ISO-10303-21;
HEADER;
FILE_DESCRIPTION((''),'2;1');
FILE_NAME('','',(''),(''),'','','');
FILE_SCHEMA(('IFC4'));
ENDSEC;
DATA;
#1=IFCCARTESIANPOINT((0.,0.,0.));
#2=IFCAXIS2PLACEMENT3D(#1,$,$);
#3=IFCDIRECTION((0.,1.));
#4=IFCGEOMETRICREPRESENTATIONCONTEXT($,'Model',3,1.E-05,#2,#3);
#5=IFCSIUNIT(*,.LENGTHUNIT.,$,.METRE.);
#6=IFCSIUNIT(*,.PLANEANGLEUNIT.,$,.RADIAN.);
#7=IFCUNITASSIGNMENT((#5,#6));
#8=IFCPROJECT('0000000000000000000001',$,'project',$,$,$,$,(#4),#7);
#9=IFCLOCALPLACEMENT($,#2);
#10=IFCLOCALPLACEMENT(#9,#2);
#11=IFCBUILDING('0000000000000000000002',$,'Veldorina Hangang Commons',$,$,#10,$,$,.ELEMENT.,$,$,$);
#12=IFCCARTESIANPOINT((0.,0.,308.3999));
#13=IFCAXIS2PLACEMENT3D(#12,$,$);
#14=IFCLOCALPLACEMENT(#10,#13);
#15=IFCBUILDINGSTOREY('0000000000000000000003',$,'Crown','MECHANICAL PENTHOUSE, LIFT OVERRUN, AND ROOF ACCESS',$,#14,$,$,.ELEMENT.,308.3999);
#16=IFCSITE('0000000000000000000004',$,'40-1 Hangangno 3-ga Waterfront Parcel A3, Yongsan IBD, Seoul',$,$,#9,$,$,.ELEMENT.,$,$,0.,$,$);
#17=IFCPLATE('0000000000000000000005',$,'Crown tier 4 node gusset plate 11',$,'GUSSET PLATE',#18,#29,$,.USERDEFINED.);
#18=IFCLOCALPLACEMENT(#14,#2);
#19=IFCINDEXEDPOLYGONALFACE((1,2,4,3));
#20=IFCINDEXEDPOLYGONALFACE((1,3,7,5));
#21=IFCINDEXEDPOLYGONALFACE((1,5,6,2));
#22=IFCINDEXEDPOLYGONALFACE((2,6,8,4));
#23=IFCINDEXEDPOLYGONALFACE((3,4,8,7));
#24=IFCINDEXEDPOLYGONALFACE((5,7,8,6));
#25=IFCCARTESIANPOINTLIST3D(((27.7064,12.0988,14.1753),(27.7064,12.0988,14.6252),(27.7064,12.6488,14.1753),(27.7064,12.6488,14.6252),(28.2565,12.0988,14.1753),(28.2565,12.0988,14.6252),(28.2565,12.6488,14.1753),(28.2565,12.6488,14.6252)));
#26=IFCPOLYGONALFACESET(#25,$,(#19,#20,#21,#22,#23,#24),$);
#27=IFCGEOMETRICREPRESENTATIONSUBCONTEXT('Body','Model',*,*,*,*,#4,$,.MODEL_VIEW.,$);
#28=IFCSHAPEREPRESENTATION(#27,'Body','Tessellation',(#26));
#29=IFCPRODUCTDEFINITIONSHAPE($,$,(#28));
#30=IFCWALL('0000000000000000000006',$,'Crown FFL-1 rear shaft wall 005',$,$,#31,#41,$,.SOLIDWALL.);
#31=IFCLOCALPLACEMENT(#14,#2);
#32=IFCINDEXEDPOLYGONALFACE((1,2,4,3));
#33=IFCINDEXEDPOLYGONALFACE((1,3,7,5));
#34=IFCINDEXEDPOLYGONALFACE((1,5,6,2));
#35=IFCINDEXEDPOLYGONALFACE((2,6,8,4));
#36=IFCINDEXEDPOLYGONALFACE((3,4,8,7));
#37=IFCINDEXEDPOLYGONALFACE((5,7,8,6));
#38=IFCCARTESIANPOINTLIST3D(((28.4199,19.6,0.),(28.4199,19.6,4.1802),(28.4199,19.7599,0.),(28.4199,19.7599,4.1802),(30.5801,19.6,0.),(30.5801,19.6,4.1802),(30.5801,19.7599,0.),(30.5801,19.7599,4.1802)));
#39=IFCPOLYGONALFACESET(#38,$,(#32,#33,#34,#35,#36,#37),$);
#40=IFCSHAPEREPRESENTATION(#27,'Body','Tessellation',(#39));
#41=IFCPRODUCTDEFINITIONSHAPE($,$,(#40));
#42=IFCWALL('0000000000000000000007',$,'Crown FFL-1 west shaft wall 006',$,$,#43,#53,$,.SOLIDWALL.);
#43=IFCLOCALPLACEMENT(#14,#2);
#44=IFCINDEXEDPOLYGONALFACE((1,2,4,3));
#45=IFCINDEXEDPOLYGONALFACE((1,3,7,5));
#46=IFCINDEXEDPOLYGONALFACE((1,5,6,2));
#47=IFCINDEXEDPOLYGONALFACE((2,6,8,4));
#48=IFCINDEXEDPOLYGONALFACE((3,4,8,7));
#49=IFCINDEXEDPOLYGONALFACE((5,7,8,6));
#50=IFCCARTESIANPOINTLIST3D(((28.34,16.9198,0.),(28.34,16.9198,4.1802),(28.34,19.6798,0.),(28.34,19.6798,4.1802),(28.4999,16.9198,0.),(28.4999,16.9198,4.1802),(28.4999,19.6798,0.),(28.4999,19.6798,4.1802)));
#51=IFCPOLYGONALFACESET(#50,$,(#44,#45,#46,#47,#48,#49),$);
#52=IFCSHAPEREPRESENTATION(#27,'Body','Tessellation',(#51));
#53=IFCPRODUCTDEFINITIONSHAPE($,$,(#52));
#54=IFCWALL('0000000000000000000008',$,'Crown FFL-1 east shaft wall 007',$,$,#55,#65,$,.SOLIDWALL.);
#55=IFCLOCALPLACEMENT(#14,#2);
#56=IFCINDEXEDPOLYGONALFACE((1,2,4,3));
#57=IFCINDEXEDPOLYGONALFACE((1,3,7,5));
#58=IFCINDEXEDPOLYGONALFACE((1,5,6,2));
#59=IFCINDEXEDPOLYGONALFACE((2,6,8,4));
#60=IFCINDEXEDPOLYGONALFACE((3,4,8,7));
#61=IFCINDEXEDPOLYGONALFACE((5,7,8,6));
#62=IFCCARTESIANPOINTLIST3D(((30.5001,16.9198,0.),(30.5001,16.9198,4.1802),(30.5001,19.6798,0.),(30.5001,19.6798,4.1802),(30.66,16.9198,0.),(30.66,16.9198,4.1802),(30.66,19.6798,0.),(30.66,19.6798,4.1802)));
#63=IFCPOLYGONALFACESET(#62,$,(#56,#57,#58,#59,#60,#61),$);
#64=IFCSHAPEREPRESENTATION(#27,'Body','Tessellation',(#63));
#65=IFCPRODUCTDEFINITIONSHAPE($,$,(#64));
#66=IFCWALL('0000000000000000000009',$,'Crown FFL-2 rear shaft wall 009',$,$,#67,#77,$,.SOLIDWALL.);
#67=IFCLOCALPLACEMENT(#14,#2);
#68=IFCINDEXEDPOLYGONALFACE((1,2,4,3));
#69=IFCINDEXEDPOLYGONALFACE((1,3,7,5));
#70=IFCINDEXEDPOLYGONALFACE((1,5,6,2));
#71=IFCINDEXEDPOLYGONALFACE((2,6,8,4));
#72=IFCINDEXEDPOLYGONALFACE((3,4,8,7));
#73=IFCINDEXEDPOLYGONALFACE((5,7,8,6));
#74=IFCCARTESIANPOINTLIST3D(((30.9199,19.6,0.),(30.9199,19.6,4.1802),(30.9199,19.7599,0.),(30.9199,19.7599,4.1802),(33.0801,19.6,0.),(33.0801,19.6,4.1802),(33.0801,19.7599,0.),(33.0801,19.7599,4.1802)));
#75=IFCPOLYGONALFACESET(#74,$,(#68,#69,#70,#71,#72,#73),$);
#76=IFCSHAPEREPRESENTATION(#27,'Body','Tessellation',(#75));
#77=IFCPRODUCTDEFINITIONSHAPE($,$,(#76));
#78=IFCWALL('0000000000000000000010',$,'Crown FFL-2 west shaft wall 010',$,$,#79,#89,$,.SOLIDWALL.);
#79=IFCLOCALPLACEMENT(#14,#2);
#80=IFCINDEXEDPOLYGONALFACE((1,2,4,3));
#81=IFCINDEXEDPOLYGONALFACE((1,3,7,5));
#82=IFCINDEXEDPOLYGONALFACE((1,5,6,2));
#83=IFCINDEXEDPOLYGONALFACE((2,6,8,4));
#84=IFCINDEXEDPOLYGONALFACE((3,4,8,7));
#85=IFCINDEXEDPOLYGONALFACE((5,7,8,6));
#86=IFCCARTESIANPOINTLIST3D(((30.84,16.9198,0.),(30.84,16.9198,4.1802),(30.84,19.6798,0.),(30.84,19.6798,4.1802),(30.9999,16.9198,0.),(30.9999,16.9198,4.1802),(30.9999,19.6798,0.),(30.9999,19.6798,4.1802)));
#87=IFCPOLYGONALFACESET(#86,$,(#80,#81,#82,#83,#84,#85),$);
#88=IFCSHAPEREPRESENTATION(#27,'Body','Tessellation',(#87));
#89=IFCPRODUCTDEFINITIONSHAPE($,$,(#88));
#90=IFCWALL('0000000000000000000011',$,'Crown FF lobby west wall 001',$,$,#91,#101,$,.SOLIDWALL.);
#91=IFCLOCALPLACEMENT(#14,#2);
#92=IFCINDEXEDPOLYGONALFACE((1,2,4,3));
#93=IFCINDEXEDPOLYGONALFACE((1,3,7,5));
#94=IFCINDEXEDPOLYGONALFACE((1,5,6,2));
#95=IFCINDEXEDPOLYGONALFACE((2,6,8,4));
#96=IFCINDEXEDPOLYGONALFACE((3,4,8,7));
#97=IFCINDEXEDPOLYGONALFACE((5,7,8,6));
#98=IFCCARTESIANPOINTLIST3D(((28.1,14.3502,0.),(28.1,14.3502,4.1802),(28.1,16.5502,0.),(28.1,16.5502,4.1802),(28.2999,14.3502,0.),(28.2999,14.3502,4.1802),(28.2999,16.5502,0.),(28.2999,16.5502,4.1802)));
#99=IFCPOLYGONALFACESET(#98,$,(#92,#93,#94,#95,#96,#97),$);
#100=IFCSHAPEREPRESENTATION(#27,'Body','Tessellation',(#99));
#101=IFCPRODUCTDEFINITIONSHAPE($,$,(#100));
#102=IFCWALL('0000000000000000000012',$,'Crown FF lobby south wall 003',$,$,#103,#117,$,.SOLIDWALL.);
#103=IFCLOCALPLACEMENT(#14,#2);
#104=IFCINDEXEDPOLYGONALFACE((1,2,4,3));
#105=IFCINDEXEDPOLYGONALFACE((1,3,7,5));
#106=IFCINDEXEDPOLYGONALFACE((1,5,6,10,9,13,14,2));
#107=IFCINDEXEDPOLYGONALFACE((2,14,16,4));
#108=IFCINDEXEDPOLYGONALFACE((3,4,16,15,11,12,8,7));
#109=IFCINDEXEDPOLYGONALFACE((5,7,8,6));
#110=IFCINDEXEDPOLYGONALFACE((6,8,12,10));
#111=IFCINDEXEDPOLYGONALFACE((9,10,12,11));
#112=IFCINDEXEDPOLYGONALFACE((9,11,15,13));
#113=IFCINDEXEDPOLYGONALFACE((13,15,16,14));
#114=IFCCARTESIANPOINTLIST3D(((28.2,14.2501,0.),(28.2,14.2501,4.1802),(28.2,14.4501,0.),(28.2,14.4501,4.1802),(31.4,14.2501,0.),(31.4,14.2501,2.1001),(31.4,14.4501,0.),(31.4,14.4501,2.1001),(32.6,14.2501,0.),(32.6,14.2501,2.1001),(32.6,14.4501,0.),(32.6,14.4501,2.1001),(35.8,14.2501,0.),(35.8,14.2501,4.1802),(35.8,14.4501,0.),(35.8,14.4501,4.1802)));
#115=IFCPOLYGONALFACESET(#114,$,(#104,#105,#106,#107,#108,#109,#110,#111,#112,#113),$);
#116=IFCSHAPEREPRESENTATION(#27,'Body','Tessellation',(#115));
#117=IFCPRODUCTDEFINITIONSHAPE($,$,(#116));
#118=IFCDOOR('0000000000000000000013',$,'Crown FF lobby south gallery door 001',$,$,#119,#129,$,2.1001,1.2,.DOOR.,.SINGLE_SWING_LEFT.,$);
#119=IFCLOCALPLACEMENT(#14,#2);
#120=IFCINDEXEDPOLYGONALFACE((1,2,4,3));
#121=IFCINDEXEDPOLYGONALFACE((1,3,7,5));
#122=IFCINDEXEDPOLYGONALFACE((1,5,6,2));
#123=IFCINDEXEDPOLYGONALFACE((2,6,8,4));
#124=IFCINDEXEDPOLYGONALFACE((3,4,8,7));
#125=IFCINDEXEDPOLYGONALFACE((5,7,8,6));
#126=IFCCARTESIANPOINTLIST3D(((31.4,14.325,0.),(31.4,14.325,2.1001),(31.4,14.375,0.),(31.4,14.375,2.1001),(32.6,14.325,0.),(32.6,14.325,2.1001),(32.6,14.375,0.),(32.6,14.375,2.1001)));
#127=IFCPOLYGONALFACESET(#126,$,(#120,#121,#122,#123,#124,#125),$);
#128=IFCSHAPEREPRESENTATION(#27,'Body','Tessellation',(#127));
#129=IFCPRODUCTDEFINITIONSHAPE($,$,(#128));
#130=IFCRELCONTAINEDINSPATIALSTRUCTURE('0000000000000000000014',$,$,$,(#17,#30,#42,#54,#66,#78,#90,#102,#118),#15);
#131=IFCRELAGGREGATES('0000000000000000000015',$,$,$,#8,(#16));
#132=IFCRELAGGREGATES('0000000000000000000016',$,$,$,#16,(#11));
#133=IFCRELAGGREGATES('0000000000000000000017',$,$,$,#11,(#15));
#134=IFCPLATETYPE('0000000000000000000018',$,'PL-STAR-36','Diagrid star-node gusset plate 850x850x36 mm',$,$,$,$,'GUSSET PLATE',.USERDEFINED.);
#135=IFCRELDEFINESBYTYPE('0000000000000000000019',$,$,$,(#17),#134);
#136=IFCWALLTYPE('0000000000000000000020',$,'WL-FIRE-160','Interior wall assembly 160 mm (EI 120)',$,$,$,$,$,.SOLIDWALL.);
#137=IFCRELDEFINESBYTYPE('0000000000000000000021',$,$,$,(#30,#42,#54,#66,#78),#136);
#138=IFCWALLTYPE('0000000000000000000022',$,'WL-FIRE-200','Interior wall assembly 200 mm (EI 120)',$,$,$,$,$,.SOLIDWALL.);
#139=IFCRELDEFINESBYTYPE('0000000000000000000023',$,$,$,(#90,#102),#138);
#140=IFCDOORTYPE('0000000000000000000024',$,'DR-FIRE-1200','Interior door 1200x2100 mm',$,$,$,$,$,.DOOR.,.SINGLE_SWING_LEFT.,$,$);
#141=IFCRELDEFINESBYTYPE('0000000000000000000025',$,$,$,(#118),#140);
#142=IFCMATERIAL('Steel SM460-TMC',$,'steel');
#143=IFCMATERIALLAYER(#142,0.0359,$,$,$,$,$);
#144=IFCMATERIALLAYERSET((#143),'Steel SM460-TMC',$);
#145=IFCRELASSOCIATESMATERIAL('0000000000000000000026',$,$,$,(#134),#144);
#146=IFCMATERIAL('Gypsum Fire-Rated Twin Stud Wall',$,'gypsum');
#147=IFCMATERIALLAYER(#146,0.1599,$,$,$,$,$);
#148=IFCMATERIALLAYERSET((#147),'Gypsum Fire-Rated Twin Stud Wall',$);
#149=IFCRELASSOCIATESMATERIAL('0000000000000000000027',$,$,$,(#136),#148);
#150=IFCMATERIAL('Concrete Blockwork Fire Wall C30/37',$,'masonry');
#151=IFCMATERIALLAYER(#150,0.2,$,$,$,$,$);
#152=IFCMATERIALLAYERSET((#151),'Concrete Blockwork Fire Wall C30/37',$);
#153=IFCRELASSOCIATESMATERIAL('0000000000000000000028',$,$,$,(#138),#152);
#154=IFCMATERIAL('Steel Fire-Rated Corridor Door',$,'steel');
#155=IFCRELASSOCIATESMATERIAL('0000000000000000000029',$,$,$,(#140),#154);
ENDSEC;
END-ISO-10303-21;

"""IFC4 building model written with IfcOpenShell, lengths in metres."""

from ifc_helpers import new_model, si_unit, direction, frame, frame_2d, origin, origin_2d, place, context, subcontext, project, spatial, rectangle, extrude, material, layer, layer_set, type_object, element, fill, save


model = new_model("IFC4")

# Units and contexts
model_context = context("Model", 3, precision=1e-05, world=origin(), true_north=direction((0.0, 1.0)))
body_context = subcontext(model_context, "Body", "Model", "MODEL_VIEW")
ifc_project = project(units=[si_unit("LENGTHUNIT", "METRE"), si_unit("PLANEANGLEUNIT", "RADIAN")], contexts=[model_context])

# Site, building, storey
site_placement = place(None, origin())
site = spatial("IfcSite", under=ifc_project, at=site_placement, Name="40-1 Hangangno 3-ga Waterfront Parcel A3, Yongsan IBD, Seoul", CompositionType="ELEMENT", RefElevation=0.0)
building_placement = place(site_placement, origin())
building = spatial("IfcBuilding", under=site, at=building_placement, Name="Veldorina Hangang Commons", CompositionType="ELEMENT")
storey_placement = place(building_placement, frame((0.0, 0.0, 308.3999)))
storey = spatial("IfcBuildingStorey", under=building, at=storey_placement, Name="Crown", Description="MECHANICAL PENTHOUSE, LIFT OVERRUN, AND ROOF ACCESS", CompositionType="ELEMENT", Elevation=308.3999)

# Shared definitions
ifc_material_1 = material(Name="Steel SM460-TMC", Category="steel")

# Plate
ifc_layer_1 = layer(ifc_material_1, 0.0359)
ifc_layer_set_1 = layer_set([ifc_layer_1], Name="Steel SM460-TMC")
plate_type = type_object("IfcPlateType", Name="PL-STAR-36", Description="Diagrid star-node gusset plate 850x850x36 mm", ElementType="GUSSET PLATE", PredefinedType="USERDEFINED", material=ifc_layer_set_1)
plate_placement = place(storey_placement, frame((27.9814, 12.3738, 14.1753), z_axis=(0.0, 0.0, 1.0), x_axis=(1.0, 0.0, 0.0)))
element("IfcPlate", 1, at=plate_placement, inside=storey, type_object=plate_type, Name="Crown tier 4 node gusset plate 11", ObjectType="GUSSET PLATE", PredefinedType="USERDEFINED", context=body_context, shape_type="SweptSolid", body=[
    extrude(rectangle(XDim=0.55, YDim=0.55, at=origin_2d()), origin(), (0.0, 0.0, 1.0), 0.45),
])

# Shared definitions
ifc_material_2 = material(Name="Gypsum Fire-Rated Twin Stud Wall", Category="gypsum")
ifc_layer_2 = layer(ifc_material_2, 0.1599)
ifc_layer_set_2 = layer_set([ifc_layer_2], Name="Gypsum Fire-Rated Twin Stud Wall")
wall_type_1 = type_object("IfcWallType", Name="WL-FIRE-160", Description="Interior wall assembly 160 mm (EI 120)", PredefinedType="SOLIDWALL", material=ifc_layer_set_2)

# Walls
wall_1_placement = place(storey_placement, frame((28.4199, 19.6799, 0.0), z_axis=(0.0, 0.0, 1.0), x_axis=(1.0, 0.0, 0.0)))
element("IfcWall", 2, at=wall_1_placement, inside=storey, type_object=wall_type_1, Name="Crown FFL-1 rear shaft wall 005", PredefinedType="SOLIDWALL", context=body_context, shape_type="SweptSolid", body=[
    extrude(rectangle(XDim=2.1602, YDim=0.1599, at=frame_2d((1.0801, 0.0))), origin(), (0.0, 0.0, 1.0), 4.1802),
])
for number, where, z_axis, x_axis, name in (
    (3, (28.4199, 16.9199, 0.0), (0.0, 0.0, 1.0), (0.0, 1.0, 0.0), "Crown FFL-1 west shaft wall 006"),
    (4, (30.5801, 16.9199, 0.0), (0.0, 0.0, 1.0), (0.0, 1.0, 0.0), "Crown FFL-1 east shaft wall 007"),
):
    element("IfcWall", number, at=place(storey_placement, frame(where, z_axis=z_axis, x_axis=x_axis)), inside=storey, type_object=wall_type_1, Name=name, PredefinedType="SOLIDWALL", context=body_context, shape_type="SweptSolid", body=[
        extrude(rectangle(XDim=2.76, YDim=0.1599, at=frame_2d((1.3799, 0.0))), origin(), (0.0, 0.0, 1.0), 4.1802),
    ])

# Walls
wall_2_placement = place(storey_placement, frame((30.9199, 19.6799, 0.0), z_axis=(0.0, 0.0, 1.0), x_axis=(1.0, 0.0, 0.0)))
element("IfcWall", 5, at=wall_2_placement, inside=storey, type_object=wall_type_1, Name="Crown FFL-2 rear shaft wall 009", PredefinedType="SOLIDWALL", context=body_context, shape_type="SweptSolid", body=[
    extrude(rectangle(XDim=2.1602, YDim=0.1599, at=frame_2d((1.0801, 0.0))), origin(), (0.0, 0.0, 1.0), 4.1802),
])
wall_3_placement = place(storey_placement, frame((30.9199, 16.9199, 0.0), z_axis=(0.0, 0.0, 1.0), x_axis=(0.0, 1.0, 0.0)))
element("IfcWall", 6, at=wall_3_placement, inside=storey, type_object=wall_type_1, Name="Crown FFL-2 west shaft wall 010", PredefinedType="SOLIDWALL", context=body_context, shape_type="SweptSolid", body=[
    extrude(rectangle(XDim=2.76, YDim=0.1599, at=frame_2d((1.3799, 0.0))), origin(), (0.0, 0.0, 1.0), 4.1802),
])
ifc_material_3 = material(Name="Concrete Blockwork Fire Wall C30/37", Category="masonry")
ifc_layer_3 = layer(ifc_material_3, 0.2)
ifc_layer_set_3 = layer_set([ifc_layer_3], Name="Concrete Blockwork Fire Wall C30/37")
wall_type_2 = type_object("IfcWallType", Name="WL-FIRE-200", Description="Interior wall assembly 200 mm (EI 120)", PredefinedType="SOLIDWALL", material=ifc_layer_set_3)
wall_4_placement = place(storey_placement, frame((28.2, 14.3501, 0.0), z_axis=(0.0, 0.0, 1.0), x_axis=(0.0, 1.0, 0.0)))
element("IfcWall", 7, at=wall_4_placement, inside=storey, type_object=wall_type_2, Name="Crown FF lobby west wall 001", PredefinedType="SOLIDWALL", context=body_context, shape_type="SweptSolid", body=[
    extrude(rectangle(XDim=2.2, YDim=0.2, at=frame_2d((1.1001, 0.0))), origin(), (0.0, 0.0, 1.0), 4.1802),
])

# Wall, opening, door
wall_5_placement = place(storey_placement, frame((28.2, 14.3501, 0.0), z_axis=(0.0, 0.0, 1.0), x_axis=(1.0, 0.0, 0.0)))
wall_5 = element("IfcWall", 8, at=wall_5_placement, inside=storey, type_object=wall_type_2, Name="Crown FF lobby south wall 003", PredefinedType="SOLIDWALL", context=body_context, shape_type="SweptSolid", body=[
    extrude(rectangle(XDim=7.6001, YDim=0.2, at=frame_2d((3.8, 0.0))), origin(), (0.0, 0.0, 1.0), 4.1802),
])
opening_1_placement = place(wall_5_placement, frame((3.2, 0.0, 0.0)))
opening_1 = element("IfcOpeningElement", 9, at=opening_1_placement, cuts=wall_5, PredefinedType="OPENING", context=body_context, shape_type="SweptSolid", body=[
    extrude(rectangle(XDim=1.2, YDim=2.1001, at=frame_2d((0.6001, 1.05))), frame((0.0, 0.1099, 0.0), z_axis=(0.0, -1.0, 0.0), x_axis=(1.0, 0.0, 0.0)), (0.0, 0.0, 1.0), 0.22),
])
ifc_material_4 = material(Name="Steel Fire-Rated Corridor Door", Category="steel")
door_type_1 = type_object("IfcDoorType", Name="DR-FIRE-1200", Description="Interior door 1200x2100 mm", OperationType="SINGLE_SWING_LEFT", PredefinedType="DOOR", material=ifc_material_4)
door_1_placement = place(opening_1_placement, origin())
door_1 = element("IfcDoor", 10, at=door_1_placement, inside=storey, type_object=door_type_1, Name="Crown FF lobby south gallery door 001", OperationType="SINGLE_SWING_LEFT", OverallHeight=2.1001, OverallWidth=1.2, PredefinedType="DOOR", context=body_context, shape_type="SweptSolid", body=[
    extrude(rectangle(XDim=1.2, YDim=2.1001, at=frame_2d((0.6001, 1.05))), frame((0.0, 0.0249, 0.0), z_axis=(0.0, -1.0, 0.0), x_axis=(1.0, 0.0, 0.0)), (0.0, 0.0, 1.0), 0.05),
])
fill(opening_1, door_1)

save(model, "model.ifc")
